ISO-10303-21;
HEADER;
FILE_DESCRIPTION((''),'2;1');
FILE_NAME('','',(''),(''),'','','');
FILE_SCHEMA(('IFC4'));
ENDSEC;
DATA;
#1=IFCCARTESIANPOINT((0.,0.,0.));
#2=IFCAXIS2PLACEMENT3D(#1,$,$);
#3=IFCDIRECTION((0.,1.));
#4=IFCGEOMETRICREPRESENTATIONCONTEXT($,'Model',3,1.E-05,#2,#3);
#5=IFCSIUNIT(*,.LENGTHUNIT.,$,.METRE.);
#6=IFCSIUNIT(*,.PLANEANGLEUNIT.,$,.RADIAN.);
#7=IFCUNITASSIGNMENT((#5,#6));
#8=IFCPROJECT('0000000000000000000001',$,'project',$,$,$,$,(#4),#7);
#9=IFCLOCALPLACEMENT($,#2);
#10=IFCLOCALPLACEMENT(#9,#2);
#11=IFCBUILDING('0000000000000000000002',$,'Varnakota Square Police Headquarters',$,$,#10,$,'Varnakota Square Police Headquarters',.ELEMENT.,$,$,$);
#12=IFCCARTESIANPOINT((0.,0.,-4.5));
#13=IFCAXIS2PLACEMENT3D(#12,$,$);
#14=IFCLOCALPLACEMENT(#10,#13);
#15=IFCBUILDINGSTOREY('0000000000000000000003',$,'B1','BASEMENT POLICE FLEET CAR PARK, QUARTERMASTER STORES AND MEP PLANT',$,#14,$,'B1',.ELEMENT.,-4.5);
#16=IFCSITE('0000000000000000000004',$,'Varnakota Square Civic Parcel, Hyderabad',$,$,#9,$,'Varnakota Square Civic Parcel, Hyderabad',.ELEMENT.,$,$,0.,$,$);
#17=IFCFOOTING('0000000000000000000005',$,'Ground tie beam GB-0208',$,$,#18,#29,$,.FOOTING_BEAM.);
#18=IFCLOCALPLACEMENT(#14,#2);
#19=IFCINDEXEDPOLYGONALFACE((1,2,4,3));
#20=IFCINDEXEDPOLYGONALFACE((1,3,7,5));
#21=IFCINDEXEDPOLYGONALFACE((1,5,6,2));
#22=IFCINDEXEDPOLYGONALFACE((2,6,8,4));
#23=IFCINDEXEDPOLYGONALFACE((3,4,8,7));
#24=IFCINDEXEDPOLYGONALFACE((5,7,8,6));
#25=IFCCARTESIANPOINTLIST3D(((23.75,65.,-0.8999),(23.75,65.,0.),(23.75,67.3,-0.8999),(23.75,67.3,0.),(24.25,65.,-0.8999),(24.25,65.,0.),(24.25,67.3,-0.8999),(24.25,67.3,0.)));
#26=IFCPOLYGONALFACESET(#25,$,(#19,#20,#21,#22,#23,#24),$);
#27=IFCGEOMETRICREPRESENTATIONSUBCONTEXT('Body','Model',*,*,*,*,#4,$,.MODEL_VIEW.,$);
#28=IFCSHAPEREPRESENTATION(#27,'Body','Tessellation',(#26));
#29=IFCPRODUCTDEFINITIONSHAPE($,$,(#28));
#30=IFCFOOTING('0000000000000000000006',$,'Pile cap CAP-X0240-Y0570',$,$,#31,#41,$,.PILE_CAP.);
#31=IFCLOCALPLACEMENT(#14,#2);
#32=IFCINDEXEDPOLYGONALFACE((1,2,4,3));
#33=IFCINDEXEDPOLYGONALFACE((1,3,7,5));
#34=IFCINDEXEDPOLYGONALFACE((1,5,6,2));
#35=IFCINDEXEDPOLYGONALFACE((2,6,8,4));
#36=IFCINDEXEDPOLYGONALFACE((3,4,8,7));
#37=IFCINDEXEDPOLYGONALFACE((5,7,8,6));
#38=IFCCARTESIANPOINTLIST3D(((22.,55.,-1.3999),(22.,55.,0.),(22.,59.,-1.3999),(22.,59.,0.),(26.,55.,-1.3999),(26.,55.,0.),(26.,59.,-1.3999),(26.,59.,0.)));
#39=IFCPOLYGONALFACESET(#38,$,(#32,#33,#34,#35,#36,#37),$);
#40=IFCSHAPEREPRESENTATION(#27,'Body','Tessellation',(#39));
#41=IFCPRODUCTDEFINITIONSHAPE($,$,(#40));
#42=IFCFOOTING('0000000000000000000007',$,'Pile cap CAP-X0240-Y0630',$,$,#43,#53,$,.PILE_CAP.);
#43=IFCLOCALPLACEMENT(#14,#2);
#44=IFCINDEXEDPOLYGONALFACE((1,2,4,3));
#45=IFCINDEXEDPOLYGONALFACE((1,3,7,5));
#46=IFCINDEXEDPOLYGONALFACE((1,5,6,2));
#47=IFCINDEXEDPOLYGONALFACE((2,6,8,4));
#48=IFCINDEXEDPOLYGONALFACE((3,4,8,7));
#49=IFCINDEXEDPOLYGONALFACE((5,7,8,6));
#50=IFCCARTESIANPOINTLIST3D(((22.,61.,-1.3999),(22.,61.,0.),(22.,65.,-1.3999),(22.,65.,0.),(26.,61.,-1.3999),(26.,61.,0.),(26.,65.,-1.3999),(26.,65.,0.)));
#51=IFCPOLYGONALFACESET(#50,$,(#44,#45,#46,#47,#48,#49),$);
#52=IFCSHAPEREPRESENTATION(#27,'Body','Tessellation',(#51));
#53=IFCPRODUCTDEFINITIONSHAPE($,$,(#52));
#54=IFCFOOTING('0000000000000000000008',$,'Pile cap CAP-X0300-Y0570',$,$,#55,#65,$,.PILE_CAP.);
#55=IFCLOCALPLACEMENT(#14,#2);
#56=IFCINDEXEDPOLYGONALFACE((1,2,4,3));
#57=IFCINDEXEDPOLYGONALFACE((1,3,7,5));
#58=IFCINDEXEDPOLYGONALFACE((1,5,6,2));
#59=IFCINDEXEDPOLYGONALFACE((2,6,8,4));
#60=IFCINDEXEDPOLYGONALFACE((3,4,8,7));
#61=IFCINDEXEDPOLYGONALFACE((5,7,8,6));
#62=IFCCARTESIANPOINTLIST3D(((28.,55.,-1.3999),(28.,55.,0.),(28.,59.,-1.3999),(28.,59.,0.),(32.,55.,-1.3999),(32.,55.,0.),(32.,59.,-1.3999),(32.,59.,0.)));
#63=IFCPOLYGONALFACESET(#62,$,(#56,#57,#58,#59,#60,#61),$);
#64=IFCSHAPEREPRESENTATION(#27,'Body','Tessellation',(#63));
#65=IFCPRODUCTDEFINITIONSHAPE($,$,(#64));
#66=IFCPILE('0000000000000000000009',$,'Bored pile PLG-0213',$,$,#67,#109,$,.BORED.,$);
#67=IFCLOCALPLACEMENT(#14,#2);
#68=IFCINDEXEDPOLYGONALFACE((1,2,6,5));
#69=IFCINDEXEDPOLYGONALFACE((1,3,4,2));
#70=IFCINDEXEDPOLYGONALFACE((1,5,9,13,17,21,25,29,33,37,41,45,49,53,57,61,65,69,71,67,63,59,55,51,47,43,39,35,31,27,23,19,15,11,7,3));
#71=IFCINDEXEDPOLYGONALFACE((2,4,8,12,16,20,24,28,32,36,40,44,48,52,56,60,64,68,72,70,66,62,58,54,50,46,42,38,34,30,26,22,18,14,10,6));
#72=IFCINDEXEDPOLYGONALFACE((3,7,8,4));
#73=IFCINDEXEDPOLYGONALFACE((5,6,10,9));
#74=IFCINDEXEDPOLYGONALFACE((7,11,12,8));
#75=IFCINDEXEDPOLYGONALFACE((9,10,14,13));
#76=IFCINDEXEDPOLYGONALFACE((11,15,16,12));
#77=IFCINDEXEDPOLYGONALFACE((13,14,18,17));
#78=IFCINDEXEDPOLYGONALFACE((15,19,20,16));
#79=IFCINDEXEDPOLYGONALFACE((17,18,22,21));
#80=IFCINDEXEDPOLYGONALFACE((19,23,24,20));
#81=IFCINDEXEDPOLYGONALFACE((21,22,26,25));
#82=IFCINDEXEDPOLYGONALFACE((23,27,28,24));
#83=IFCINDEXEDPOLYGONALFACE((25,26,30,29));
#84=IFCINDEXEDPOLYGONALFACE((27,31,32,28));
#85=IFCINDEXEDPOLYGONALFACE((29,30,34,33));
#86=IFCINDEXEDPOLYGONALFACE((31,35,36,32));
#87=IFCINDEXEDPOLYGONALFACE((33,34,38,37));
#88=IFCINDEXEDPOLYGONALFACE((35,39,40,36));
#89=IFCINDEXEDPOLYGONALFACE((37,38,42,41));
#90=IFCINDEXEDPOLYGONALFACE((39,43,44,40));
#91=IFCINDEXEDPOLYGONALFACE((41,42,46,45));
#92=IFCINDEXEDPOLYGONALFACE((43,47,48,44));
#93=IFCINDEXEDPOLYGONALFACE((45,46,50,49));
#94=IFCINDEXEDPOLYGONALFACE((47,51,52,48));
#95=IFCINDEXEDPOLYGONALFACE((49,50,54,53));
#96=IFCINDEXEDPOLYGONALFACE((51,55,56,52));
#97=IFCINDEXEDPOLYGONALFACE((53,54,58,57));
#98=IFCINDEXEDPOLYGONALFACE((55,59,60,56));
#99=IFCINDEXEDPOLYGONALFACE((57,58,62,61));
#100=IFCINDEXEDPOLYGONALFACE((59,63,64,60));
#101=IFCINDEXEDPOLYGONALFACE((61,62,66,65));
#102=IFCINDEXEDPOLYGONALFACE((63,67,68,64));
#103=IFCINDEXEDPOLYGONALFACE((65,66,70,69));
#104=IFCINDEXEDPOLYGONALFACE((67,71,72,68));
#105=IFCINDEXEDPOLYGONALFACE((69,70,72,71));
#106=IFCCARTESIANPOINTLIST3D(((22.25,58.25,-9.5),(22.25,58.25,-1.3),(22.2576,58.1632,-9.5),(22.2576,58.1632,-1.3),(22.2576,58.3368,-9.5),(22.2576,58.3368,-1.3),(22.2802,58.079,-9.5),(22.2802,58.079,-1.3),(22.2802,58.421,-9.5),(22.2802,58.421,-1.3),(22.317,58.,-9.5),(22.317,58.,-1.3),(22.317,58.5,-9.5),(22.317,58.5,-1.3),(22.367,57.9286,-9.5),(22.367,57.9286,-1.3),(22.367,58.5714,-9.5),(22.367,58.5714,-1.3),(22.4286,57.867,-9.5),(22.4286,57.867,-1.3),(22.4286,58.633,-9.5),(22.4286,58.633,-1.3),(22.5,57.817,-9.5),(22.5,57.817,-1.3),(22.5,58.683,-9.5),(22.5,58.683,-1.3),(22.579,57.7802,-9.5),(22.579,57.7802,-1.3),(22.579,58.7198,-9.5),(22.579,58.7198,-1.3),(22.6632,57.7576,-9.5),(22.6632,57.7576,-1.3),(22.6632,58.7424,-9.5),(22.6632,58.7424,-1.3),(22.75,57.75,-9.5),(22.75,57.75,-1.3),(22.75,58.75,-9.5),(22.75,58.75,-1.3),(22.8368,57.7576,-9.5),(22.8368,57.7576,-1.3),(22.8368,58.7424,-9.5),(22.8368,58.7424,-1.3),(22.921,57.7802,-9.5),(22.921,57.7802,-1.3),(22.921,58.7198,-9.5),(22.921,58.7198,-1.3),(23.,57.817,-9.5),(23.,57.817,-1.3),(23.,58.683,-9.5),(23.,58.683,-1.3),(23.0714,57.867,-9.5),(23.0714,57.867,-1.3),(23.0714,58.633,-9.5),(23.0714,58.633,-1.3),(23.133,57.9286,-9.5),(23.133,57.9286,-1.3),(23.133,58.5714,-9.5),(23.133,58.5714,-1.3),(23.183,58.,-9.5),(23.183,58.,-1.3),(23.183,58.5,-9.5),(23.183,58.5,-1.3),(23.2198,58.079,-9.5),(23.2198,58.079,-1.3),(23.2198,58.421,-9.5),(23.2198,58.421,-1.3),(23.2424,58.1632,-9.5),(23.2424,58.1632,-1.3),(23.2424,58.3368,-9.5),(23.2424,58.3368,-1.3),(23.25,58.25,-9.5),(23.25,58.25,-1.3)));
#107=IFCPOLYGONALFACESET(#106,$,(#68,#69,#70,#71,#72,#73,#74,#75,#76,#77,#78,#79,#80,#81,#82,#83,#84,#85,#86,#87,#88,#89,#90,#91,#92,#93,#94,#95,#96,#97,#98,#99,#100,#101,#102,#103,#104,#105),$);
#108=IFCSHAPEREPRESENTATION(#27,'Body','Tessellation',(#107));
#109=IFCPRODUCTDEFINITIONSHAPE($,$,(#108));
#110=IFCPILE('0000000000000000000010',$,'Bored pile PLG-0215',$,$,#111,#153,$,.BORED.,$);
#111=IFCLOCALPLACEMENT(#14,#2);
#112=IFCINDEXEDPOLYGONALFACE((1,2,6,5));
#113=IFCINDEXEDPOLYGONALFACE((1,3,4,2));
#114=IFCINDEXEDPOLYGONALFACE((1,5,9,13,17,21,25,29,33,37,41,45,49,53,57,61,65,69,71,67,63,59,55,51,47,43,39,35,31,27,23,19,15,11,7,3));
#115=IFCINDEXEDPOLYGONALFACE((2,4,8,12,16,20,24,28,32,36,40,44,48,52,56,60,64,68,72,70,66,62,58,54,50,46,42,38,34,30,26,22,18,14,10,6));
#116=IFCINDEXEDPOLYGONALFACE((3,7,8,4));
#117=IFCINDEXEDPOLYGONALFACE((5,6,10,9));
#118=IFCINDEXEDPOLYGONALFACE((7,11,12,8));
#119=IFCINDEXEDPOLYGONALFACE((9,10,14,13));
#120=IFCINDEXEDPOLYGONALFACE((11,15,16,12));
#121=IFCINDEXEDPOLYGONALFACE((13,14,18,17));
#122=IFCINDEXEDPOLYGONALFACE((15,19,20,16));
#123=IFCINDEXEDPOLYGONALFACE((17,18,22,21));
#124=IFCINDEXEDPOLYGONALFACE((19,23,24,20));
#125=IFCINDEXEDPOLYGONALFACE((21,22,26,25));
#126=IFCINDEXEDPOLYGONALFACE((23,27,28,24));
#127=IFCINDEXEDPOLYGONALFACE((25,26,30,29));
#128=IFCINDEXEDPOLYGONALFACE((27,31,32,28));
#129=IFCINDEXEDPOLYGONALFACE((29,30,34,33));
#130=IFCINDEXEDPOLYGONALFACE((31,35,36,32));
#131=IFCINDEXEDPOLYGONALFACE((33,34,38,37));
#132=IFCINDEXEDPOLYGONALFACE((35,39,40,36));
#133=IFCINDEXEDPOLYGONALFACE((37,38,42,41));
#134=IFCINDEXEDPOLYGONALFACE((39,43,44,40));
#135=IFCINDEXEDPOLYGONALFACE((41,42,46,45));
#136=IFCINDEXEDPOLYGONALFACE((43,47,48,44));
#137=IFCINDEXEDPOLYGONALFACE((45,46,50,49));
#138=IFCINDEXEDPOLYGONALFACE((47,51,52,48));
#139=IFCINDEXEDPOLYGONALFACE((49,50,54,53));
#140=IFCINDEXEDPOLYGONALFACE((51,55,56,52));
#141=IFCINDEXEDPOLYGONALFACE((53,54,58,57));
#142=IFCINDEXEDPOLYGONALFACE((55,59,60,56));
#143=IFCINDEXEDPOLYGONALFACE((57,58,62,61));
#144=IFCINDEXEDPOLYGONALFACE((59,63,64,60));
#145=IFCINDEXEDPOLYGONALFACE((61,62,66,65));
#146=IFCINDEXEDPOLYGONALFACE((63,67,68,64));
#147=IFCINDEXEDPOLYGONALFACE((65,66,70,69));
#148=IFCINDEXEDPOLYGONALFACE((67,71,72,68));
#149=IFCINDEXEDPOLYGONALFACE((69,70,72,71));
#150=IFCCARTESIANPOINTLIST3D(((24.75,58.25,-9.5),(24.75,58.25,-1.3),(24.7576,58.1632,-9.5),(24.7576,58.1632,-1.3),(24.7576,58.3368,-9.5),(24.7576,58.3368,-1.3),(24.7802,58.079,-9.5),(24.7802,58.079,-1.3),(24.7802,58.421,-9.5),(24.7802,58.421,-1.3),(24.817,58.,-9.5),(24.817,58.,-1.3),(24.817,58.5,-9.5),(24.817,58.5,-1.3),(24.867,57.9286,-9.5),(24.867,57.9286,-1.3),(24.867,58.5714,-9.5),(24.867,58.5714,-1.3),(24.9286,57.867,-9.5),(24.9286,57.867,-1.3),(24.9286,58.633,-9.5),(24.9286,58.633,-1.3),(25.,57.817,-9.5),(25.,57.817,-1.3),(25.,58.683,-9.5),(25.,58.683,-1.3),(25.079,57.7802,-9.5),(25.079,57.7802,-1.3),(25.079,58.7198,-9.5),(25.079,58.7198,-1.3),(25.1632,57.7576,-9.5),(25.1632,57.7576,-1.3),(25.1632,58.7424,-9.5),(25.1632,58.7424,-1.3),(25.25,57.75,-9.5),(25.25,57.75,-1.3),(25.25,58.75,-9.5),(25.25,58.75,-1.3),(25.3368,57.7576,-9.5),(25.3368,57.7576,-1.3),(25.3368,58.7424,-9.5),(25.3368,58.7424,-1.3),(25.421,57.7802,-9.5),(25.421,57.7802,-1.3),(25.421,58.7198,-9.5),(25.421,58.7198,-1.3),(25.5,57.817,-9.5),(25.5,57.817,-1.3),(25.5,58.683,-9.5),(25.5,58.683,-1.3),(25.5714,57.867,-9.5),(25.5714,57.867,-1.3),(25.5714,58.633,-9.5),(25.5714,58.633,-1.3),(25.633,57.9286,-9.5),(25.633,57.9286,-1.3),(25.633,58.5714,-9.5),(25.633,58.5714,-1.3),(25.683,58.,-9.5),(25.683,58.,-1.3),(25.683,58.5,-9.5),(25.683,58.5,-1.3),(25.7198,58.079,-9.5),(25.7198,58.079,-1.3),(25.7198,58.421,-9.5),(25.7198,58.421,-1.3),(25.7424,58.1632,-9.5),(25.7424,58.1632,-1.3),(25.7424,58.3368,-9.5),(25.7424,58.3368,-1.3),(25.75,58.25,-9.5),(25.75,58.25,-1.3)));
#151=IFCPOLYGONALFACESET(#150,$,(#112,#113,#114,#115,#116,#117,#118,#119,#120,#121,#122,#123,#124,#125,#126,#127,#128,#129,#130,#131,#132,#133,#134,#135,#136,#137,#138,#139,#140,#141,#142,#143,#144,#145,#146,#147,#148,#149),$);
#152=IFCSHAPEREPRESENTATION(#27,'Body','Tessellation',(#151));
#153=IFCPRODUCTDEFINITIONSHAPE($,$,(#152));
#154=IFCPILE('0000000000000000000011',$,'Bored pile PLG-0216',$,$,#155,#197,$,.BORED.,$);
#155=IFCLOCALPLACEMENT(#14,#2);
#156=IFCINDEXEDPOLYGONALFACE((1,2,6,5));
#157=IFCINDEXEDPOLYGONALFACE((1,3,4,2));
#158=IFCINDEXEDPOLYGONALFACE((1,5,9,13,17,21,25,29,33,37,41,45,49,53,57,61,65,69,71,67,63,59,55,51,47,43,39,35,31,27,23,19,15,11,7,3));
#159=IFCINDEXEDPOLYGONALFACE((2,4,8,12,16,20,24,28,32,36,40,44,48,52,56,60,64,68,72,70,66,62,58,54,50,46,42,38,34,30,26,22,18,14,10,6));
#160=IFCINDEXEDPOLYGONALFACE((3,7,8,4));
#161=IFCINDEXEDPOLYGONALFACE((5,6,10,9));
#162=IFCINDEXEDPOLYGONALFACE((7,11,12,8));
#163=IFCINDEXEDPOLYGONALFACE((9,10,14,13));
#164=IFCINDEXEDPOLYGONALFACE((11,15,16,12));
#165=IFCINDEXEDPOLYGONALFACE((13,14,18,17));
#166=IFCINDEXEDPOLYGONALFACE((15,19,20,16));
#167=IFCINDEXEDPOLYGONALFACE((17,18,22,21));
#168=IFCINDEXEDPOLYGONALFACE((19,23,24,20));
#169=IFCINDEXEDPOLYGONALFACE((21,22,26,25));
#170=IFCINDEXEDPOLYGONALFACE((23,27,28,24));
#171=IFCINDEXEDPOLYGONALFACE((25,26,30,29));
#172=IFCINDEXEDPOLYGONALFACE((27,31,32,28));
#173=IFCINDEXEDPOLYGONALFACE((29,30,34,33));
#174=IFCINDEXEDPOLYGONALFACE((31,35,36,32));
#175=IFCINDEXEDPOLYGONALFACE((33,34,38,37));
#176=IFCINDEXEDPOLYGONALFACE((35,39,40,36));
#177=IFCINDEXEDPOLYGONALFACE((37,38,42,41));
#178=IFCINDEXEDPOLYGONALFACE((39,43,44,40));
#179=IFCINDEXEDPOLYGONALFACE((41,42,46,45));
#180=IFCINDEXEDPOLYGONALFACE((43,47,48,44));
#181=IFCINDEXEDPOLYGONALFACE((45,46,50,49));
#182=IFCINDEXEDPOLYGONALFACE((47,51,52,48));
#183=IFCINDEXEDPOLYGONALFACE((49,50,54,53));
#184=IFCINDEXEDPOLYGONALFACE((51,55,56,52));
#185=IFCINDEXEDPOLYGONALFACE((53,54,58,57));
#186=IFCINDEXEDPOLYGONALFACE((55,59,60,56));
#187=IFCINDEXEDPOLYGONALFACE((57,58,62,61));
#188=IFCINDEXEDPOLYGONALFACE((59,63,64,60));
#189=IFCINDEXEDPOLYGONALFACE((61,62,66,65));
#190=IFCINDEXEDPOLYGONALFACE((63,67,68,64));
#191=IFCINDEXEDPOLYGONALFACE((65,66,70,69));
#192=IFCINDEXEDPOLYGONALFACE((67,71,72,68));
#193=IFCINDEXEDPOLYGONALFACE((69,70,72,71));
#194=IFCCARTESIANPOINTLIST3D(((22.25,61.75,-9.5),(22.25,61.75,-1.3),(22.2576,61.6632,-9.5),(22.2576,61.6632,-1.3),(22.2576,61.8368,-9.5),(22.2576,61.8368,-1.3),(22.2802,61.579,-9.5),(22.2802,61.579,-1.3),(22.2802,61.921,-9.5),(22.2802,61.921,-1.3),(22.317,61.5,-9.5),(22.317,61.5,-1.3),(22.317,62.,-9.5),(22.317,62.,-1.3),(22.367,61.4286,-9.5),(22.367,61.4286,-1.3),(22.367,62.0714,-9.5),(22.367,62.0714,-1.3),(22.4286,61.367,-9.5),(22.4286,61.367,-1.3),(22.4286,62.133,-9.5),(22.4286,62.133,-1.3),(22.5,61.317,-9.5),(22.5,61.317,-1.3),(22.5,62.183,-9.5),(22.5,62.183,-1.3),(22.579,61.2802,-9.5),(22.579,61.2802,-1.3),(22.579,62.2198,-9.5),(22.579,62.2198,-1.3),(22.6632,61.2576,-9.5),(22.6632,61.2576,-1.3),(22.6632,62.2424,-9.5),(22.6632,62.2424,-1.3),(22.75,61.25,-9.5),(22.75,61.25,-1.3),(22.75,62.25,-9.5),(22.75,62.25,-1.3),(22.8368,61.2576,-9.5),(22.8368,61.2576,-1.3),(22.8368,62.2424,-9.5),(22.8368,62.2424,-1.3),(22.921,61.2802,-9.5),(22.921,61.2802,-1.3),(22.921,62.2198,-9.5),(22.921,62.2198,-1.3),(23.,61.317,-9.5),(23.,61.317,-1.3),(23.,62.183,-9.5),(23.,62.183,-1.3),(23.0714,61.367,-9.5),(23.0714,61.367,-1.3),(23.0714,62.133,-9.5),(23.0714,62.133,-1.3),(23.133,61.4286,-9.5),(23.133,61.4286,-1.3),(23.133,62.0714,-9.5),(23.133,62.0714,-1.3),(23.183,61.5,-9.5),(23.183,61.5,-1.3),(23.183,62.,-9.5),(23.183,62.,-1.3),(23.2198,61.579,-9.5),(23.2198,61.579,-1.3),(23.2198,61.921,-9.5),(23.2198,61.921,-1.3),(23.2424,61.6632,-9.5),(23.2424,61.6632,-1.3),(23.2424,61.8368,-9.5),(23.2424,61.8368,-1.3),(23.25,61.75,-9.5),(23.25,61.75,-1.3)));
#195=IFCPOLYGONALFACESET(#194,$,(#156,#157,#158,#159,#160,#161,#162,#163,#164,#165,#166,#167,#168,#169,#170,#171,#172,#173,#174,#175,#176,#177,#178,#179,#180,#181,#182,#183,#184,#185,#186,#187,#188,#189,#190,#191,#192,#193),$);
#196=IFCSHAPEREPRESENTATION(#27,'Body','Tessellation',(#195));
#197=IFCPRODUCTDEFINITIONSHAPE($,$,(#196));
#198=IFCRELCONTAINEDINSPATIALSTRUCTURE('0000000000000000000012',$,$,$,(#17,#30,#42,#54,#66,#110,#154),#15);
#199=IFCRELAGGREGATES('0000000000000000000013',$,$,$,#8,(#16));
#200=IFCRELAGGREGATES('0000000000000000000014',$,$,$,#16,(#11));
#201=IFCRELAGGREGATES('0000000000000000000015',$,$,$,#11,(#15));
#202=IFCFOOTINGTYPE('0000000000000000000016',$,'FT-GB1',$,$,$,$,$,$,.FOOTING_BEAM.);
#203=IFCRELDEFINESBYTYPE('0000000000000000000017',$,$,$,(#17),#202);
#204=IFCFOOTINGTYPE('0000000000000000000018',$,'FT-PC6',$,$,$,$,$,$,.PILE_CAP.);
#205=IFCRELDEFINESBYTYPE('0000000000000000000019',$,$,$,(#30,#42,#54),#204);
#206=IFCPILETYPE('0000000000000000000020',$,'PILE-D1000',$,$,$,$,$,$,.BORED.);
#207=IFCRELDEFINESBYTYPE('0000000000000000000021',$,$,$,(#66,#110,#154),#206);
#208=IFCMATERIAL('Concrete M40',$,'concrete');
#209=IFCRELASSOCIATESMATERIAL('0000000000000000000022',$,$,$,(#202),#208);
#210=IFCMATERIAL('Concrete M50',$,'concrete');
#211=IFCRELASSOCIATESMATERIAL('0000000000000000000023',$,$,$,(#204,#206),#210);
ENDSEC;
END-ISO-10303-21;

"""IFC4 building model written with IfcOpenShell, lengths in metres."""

from ifc_helpers import new_model, si_unit, direction, frame, origin, origin_2d, place, context, subcontext, project, spatial, rectangle, circle, extrude, material, material_profile, profile_set, type_object, element, save


model = new_model("IFC4")

# Units and contexts
model_context = context("Model", 3, precision=1e-05, world=origin(), true_north=direction((0.0, 1.0)))
body_context = subcontext(model_context, "Body", "Model", "MODEL_VIEW")
ifc_project = project(units=[si_unit("LENGTHUNIT", "METRE"), si_unit("PLANEANGLEUNIT", "RADIAN")], contexts=[model_context])

# Site, building, storey
site_placement = place(None, origin())
site = spatial("IfcSite", under=ifc_project, at=site_placement, Name="Varnakota Square Civic Parcel, Hyderabad", LongName="Varnakota Square Civic Parcel, Hyderabad", CompositionType="ELEMENT", RefElevation=0.0)
building_placement = place(site_placement, origin())
building = spatial("IfcBuilding", under=site, at=building_placement, Name="Varnakota Square Police Headquarters", LongName="Varnakota Square Police Headquarters", CompositionType="ELEMENT")
storey_placement = place(building_placement, frame((0.0, 0.0, -4.5)))
storey = spatial("IfcBuildingStorey", under=building, at=storey_placement, Name="B1", Description="BASEMENT POLICE FLEET CAR PARK, QUARTERMASTER STORES AND MEP PLANT", LongName="B1", CompositionType="ELEMENT", Elevation=-4.5)

# Footings
ifc_material_1 = material(Name="Concrete M40", Category="concrete")
ifc_material_profile_1 = material_profile(ifc_material_1, rectangle(XDim=0.5, YDim=0.8999, at=origin_2d()), Name="GB 500x900")
ifc_profile_set_1 = profile_set([ifc_material_profile_1], Name="Concrete M40")
footing_type_1 = type_object("IfcFootingType", Name="FT-GB1", PredefinedType="FOOTING_BEAM", material=ifc_profile_set_1)
footing_placement = place(storey_placement, frame((24.0, 65.0, -0.45), z_axis=(0.0, 1.0, 0.0), x_axis=(-1.0, 0.0, 0.0)))
element("IfcFooting", 1, at=footing_placement, inside=storey, type_object=footing_type_1, Name="Ground tie beam GB-0208", PredefinedType="FOOTING_BEAM", context=body_context, shape_type="SweptSolid", body=[
    extrude(rectangle(XDim=0.5, YDim=0.8999, at=origin_2d()), origin(), (0.0, 0.0, 1.0), 2.3),
])
ifc_material_2 = material(Name="Concrete M50", Category="concrete")
footing_type_2 = type_object("IfcFootingType", Name="FT-PC6", PredefinedType="PILE_CAP", material=ifc_material_2)
for number, where, z_axis, x_axis, name in (
    (2, (24.0, 57.0, -1.3999), (0.0, 0.0, 1.0), (1.0, 0.0, 0.0), "Pile cap CAP-X0240-Y0570"),
    (3, (24.0, 63.0, -1.3999), (0.0, 0.0, 1.0), (1.0, 0.0, 0.0), "Pile cap CAP-X0240-Y0630"),
    (4, (30.0, 57.0, -1.3999), (0.0, 0.0, 1.0), (1.0, 0.0, 0.0), "Pile cap CAP-X0300-Y0570"),
):
    element("IfcFooting", number, at=place(storey_placement, frame(where, z_axis=z_axis, x_axis=x_axis)), inside=storey, type_object=footing_type_2, Name=name, PredefinedType="PILE_CAP", context=body_context, shape_type="SweptSolid", body=[
        extrude(rectangle(XDim=4.0, YDim=4.0, at=origin_2d()), origin(), (0.0, 0.0, 1.0), 1.3999),
    ])

# Piles
ifc_material_profile_2 = material_profile(ifc_material_2, circle(Radius=0.5, at=origin_2d()), Name="BORED PILE 1000")
ifc_profile_set_2 = profile_set([ifc_material_profile_2], Name="Concrete M50")
pile_type = type_object("IfcPileType", Name="PILE-D1000", PredefinedType="BORED", material=ifc_profile_set_2)
for number, where, z_axis, x_axis, name in (
    (5, (22.75, 58.25, -1.3), (0.0, 0.0, -1.0), (1.0, 0.0, 0.0), "Bored pile PLG-0213"),
    (6, (25.25, 58.25, -1.3), (0.0, 0.0, -1.0), (1.0, 0.0, 0.0), "Bored pile PLG-0215"),
    (7, (22.75, 61.75, -1.3), (0.0, 0.0, -1.0), (1.0, 0.0, 0.0), "Bored pile PLG-0216"),
):
    element("IfcPile", number, at=place(storey_placement, frame(where, z_axis=z_axis, x_axis=x_axis)), inside=storey, type_object=pile_type, Name=name, PredefinedType="BORED", context=body_context, shape_type="SweptSolid", body=[
        extrude(circle(Radius=0.5, at=origin_2d()), origin(), (0.0, 0.0, 1.0), 8.2),
    ])

save(model, "model.ifc")
